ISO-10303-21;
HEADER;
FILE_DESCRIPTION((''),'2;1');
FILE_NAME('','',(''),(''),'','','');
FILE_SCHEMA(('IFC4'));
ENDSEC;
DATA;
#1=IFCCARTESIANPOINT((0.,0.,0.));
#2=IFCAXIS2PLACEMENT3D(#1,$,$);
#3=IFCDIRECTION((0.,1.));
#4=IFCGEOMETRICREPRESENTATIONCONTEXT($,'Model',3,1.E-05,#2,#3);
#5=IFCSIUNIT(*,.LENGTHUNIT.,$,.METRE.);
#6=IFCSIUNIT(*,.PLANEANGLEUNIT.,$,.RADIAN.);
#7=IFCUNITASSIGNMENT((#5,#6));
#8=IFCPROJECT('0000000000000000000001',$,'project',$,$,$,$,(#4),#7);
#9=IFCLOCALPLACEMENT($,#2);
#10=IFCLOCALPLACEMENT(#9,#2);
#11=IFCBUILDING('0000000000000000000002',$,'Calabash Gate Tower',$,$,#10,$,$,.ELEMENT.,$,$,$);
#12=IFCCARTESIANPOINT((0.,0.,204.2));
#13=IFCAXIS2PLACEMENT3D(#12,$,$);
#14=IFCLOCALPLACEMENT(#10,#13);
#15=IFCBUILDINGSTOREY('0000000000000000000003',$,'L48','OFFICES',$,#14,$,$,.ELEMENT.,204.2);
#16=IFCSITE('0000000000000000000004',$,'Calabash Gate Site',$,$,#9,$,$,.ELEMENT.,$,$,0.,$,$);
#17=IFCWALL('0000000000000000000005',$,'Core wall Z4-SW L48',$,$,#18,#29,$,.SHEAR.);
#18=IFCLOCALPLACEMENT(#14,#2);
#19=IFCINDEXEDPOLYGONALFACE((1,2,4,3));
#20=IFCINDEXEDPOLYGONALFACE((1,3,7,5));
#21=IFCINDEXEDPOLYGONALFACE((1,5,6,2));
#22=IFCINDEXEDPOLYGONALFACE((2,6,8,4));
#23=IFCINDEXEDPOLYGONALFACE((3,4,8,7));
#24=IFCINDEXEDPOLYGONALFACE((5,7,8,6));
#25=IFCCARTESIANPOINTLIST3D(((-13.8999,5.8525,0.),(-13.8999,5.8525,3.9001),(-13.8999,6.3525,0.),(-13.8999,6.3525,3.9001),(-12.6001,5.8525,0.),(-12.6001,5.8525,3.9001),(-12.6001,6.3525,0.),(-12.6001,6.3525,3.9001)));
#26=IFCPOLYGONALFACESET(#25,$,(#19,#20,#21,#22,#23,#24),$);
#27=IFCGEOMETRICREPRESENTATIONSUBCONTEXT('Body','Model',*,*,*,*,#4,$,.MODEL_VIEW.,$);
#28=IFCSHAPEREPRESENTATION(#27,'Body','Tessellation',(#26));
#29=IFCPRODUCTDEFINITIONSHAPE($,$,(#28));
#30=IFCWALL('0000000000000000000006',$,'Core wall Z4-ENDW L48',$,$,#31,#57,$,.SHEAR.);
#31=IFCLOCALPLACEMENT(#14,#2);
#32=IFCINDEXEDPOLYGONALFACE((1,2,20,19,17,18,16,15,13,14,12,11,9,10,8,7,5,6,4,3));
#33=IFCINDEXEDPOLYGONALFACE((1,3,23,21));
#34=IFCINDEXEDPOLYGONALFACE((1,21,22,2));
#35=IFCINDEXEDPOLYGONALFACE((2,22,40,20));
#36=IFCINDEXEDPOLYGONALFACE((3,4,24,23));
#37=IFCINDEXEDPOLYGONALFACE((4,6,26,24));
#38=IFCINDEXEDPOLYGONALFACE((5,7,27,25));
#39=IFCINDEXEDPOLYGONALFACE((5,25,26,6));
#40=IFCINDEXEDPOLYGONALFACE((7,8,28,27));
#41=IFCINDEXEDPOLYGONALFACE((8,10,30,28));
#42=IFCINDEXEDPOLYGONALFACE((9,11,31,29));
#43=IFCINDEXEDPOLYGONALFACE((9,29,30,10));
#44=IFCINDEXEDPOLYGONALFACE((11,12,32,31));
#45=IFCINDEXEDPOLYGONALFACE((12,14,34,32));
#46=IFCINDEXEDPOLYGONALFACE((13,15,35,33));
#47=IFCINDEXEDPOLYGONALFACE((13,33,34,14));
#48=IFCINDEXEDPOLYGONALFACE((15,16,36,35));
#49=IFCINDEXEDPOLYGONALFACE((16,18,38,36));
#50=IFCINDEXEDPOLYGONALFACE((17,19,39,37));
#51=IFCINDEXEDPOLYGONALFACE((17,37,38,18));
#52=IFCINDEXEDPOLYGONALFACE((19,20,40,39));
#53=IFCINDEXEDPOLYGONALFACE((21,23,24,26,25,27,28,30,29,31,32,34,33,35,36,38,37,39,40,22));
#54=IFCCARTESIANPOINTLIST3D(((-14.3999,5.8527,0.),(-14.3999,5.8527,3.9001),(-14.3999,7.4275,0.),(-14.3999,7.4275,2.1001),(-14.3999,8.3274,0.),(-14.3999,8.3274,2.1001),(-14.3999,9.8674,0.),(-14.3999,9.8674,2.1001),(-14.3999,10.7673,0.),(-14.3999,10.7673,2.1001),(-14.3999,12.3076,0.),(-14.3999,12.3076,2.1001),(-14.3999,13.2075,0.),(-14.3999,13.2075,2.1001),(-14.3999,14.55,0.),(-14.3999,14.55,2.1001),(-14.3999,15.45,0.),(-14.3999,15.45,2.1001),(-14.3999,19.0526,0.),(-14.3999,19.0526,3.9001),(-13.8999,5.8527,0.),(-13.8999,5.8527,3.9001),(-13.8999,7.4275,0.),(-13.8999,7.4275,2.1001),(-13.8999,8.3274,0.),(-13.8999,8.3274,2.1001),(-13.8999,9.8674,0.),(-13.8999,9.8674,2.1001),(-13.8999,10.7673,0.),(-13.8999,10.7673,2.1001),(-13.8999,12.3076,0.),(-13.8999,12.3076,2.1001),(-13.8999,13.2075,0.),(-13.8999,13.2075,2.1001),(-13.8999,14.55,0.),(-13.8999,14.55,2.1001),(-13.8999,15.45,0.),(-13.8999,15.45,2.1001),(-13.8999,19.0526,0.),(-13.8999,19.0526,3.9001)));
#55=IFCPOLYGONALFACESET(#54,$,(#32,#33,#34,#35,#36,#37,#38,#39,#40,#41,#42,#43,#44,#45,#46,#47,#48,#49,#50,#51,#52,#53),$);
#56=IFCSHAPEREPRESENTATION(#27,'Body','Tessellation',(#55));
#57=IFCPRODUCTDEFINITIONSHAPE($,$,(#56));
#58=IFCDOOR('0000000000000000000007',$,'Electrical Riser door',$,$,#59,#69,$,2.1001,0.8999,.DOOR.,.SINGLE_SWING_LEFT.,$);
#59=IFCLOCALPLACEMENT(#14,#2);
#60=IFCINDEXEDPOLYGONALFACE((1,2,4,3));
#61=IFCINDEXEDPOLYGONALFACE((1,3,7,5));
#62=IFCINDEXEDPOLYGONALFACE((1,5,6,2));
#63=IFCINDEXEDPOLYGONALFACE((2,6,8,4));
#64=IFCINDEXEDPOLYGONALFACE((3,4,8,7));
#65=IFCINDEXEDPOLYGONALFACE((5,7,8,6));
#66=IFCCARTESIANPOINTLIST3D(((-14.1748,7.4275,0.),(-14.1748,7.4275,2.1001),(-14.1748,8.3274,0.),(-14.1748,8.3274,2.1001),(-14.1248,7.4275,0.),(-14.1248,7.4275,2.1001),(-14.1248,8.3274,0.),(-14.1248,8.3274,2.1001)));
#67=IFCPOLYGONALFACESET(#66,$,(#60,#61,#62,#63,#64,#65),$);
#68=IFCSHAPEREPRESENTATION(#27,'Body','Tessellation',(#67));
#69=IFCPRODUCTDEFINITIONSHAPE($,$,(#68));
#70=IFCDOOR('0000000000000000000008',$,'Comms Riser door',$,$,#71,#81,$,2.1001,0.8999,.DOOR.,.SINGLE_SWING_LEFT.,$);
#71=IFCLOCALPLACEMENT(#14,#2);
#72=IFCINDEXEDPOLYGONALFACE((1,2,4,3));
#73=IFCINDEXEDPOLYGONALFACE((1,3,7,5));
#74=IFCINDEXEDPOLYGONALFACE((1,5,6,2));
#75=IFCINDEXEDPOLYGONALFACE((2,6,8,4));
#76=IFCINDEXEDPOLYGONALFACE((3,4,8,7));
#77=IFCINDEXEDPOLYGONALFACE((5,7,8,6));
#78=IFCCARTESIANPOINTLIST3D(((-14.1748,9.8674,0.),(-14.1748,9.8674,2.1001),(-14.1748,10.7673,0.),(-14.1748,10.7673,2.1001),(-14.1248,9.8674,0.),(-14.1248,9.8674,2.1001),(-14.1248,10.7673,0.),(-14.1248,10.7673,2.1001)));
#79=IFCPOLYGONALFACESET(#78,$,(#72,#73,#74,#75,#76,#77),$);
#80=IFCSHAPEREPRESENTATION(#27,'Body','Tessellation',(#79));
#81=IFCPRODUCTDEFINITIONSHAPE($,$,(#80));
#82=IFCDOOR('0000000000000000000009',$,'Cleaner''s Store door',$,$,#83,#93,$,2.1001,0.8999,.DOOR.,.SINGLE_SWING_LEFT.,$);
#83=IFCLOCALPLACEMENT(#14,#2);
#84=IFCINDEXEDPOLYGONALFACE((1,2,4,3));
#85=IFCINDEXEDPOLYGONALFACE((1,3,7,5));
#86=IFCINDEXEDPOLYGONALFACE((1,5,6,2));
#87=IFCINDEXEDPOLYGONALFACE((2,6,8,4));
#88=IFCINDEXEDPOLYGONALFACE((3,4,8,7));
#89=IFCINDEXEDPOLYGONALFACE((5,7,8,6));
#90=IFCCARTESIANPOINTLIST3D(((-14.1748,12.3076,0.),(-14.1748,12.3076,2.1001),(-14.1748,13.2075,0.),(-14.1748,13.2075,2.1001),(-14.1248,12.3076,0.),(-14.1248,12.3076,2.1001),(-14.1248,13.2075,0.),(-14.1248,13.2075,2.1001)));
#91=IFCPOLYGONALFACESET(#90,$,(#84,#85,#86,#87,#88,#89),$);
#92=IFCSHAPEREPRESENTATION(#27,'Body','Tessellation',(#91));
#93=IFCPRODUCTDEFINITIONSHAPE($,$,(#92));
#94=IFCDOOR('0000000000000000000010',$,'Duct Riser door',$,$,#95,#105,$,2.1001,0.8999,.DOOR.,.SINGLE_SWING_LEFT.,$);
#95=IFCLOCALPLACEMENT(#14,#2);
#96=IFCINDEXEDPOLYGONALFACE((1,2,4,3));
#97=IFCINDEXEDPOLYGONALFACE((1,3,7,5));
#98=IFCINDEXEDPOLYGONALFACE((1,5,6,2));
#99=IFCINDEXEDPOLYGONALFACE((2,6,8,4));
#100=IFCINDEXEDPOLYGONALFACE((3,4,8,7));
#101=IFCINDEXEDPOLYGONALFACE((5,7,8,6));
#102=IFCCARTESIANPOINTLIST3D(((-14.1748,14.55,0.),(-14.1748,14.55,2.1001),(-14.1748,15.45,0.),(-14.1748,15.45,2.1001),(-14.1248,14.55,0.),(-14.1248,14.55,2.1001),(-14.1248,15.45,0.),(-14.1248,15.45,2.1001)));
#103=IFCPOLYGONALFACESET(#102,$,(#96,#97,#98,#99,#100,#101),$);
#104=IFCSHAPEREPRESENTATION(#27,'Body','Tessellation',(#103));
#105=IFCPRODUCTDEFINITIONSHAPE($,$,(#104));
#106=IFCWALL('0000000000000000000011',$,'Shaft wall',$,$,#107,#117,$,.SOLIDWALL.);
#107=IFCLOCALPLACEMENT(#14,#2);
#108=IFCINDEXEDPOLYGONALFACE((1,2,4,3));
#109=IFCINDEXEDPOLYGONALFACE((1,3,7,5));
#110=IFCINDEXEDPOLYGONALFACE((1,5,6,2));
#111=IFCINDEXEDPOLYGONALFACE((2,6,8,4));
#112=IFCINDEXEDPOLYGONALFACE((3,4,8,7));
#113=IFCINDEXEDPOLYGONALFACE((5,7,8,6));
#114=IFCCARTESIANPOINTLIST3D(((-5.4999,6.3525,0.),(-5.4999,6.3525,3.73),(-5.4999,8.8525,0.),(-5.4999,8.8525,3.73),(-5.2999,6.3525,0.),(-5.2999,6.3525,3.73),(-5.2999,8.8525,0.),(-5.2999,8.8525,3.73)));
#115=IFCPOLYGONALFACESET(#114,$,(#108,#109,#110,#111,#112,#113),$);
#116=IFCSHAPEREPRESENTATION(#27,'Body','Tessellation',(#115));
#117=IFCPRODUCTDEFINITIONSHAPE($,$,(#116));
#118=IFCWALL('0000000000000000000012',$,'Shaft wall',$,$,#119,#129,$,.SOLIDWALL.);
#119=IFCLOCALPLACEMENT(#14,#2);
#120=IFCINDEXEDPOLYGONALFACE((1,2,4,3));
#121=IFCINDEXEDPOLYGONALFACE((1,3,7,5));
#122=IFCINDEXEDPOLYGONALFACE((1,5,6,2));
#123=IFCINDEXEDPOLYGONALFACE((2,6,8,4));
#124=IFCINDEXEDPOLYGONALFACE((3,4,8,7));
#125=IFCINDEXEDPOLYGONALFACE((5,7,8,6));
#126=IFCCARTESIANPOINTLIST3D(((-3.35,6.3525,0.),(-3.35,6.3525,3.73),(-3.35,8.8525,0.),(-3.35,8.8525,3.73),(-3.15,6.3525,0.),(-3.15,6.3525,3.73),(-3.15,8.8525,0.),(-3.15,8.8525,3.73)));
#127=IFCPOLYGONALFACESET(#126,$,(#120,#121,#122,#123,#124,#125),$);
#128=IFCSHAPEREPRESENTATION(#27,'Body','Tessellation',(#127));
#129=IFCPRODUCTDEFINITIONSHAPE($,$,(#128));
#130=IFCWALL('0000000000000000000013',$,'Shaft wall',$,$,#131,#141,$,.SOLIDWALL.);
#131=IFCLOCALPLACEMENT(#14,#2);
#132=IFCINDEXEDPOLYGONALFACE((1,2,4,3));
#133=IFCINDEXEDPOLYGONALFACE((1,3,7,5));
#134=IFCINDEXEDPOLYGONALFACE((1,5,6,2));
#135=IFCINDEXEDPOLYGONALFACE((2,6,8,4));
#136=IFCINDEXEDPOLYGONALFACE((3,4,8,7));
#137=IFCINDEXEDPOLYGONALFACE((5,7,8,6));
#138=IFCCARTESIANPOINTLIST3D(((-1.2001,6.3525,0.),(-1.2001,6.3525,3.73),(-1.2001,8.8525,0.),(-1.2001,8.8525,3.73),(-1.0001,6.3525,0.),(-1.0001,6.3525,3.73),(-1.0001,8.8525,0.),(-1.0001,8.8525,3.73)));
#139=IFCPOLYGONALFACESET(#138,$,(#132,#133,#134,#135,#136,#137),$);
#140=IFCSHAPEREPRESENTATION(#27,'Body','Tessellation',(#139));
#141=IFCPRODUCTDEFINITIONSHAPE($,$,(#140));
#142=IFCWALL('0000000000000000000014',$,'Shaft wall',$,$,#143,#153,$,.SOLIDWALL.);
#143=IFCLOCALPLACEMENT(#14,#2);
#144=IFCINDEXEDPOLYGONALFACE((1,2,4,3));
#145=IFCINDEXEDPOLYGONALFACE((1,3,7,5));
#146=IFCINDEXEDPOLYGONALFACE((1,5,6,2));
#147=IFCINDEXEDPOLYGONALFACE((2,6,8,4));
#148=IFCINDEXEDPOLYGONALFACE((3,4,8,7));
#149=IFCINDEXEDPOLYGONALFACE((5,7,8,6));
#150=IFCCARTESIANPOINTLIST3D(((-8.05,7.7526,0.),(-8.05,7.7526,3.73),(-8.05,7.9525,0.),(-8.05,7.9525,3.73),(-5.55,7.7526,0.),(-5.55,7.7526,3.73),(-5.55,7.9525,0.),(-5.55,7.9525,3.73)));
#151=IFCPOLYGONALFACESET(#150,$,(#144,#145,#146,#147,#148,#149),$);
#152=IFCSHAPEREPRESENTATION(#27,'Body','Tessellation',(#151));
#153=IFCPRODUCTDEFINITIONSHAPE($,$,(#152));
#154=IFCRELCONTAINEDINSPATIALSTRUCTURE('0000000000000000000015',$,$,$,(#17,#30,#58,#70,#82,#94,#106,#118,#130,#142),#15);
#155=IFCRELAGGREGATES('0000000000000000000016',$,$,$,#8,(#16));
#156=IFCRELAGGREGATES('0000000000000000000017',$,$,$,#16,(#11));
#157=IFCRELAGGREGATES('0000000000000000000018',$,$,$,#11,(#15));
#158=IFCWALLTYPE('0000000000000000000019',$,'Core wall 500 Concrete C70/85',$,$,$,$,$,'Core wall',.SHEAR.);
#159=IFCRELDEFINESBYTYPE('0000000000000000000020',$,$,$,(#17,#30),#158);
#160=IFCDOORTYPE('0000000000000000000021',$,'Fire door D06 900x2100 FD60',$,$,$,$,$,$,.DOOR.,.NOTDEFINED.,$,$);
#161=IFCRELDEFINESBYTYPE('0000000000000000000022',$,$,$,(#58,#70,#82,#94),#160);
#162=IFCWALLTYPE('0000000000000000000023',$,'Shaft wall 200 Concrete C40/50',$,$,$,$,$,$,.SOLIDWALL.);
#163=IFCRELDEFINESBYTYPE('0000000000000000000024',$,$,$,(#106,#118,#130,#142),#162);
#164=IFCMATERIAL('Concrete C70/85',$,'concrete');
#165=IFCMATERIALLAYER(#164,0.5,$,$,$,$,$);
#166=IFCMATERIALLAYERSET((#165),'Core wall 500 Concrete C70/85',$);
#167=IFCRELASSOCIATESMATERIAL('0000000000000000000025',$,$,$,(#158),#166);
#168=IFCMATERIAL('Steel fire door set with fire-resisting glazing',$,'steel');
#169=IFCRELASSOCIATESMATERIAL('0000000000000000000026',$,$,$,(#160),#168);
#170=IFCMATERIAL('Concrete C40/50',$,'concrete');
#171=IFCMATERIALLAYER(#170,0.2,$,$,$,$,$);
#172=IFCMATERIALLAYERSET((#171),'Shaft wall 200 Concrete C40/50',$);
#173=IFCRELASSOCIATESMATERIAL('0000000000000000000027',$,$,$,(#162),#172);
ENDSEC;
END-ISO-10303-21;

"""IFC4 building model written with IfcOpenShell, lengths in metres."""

from ifc_helpers import new_model, si_unit, direction, frame, frame_2d, origin, place, context, subcontext, project, spatial, rectangle, extrude, material, layer, layer_set, type_object, element, fill, save


model = new_model("IFC4")

# Units and contexts
model_context = context("Model", 3, precision=1e-05, world=origin(), true_north=direction((0.0, 1.0)))
body_context = subcontext(model_context, "Body", "Model", "MODEL_VIEW")
ifc_project = project(units=[si_unit("LENGTHUNIT", "METRE"), si_unit("PLANEANGLEUNIT", "RADIAN")], contexts=[model_context])

# Site, building, storey
site_placement = place(None, origin())
site = spatial("IfcSite", under=ifc_project, at=site_placement, Name="Calabash Gate Site", CompositionType="ELEMENT", RefElevation=0.0)
building_placement = place(site_placement, origin())
building = spatial("IfcBuilding", under=site, at=building_placement, Name="Calabash Gate Tower", CompositionType="ELEMENT")
storey_placement = place(building_placement, frame((0.0, 0.0, 204.2)))
storey = spatial("IfcBuildingStorey", under=building, at=storey_placement, Name="L48", Description="OFFICES", CompositionType="ELEMENT", Elevation=204.2)

# Shared definitions
ifc_material_1 = material(Name="Concrete C70/85", Category="concrete")
ifc_layer_1 = layer(ifc_material_1, 0.5)
ifc_layer_set_1 = layer_set([ifc_layer_1], Name="Core wall 500 Concrete C70/85")
wall_type_1 = type_object("IfcWallType", Name="Core wall 500 Concrete C70/85", ElementType="Core wall", PredefinedType="SHEAR", material=ifc_layer_set_1)

# Wall
wall_1_placement = place(storey_placement, frame((-12.6001, 6.1025, 0.0), z_axis=(0.0, 0.0, 1.0), x_axis=(-1.0, 0.0, 0.0)))
element("IfcWall", 1, at=wall_1_placement, inside=storey, type_object=wall_type_1, Name="Core wall Z4-SW L48", PredefinedType="SHEAR", context=body_context, shape_type="SweptSolid", body=[
    extrude(rectangle(XDim=1.2998, YDim=0.5, at=frame_2d((0.6499, 0.0))), origin(), (0.0, 0.0, 1.0), 3.9001),
])

# Wall, openings, doors
wall_2_placement = place(storey_placement, frame((-14.1499, 5.8525, 0.0), z_axis=(0.0, 0.0, 1.0), x_axis=(0.0, 1.0, 0.0)))
wall_2 = element("IfcWall", 2, at=wall_2_placement, inside=storey, type_object=wall_type_1, Name="Core wall Z4-ENDW L48", PredefinedType="SHEAR", context=body_context, shape_type="SweptSolid", body=[
    extrude(rectangle(XDim=13.2, YDim=0.5, at=frame_2d((6.6001, 0.0))), origin(), (0.0, 0.0, 1.0), 3.9001),
])
opening_1_placement = place(wall_2_placement, frame((1.575, 0.0, 0.0)))
opening_1 = element("IfcOpeningElement", 3, at=opening_1_placement, cuts=wall_2, PredefinedType="OPENING", context=body_context, shape_type="SweptSolid", body=[
    extrude(rectangle(XDim=0.8999, YDim=2.1001, at=frame_2d((0.45, 1.05))), frame((0.0, 0.26, 0.0), z_axis=(0.0, -1.0, 0.0), x_axis=(1.0, 0.0, 0.0)), (0.0, 0.0, 1.0), 0.52),
])
opening_2_placement = place(wall_2_placement, frame((4.0149, 0.0, 0.0)))
opening_2 = element("IfcOpeningElement", 4, at=opening_2_placement, cuts=wall_2, PredefinedType="OPENING", context=body_context, shape_type="SweptSolid", body=[
    extrude(rectangle(XDim=0.8999, YDim=2.1001, at=frame_2d((0.45, 1.05))), frame((0.0, 0.26, 0.0), z_axis=(0.0, -1.0, 0.0), x_axis=(1.0, 0.0, 0.0)), (0.0, 0.0, 1.0), 0.52),
])
opening_3_placement = place(wall_2_placement, frame((6.4551, 0.0, 0.0)))
opening_3 = element("IfcOpeningElement", 5, at=opening_3_placement, cuts=wall_2, PredefinedType="OPENING", context=body_context, shape_type="SweptSolid", body=[
    extrude(rectangle(XDim=0.8999, YDim=2.1001, at=frame_2d((0.45, 1.05))), frame((0.0, 0.26, 0.0), z_axis=(0.0, -1.0, 0.0), x_axis=(1.0, 0.0, 0.0)), (0.0, 0.0, 1.0), 0.52),
])
opening_4_placement = place(wall_2_placement, frame((8.6975, 0.0, 0.0)))
opening_4 = element("IfcOpeningElement", 6, at=opening_4_placement, cuts=wall_2, PredefinedType="OPENING", context=body_context, shape_type="SweptSolid", body=[
    extrude(rectangle(XDim=0.8999, YDim=2.1001, at=frame_2d((0.45, 1.05))), frame((0.0, 0.26, 0.0), z_axis=(0.0, -1.0, 0.0), x_axis=(1.0, 0.0, 0.0)), (0.0, 0.0, 1.0), 0.52),
])
ifc_material_2 = material(Name="Steel fire door set with fire-resisting glazing", Category="steel")
door_type_1 = type_object("IfcDoorType", Name="Fire door D06 900x2100 FD60", OperationType="NOTDEFINED", PredefinedType="DOOR", material=ifc_material_2)
door_1_placement = place(opening_1_placement, origin())
door_1 = element("IfcDoor", 7, at=door_1_placement, inside=storey, type_object=door_type_1, Name="Electrical Riser door", OperationType="SINGLE_SWING_LEFT", OverallHeight=2.1001, OverallWidth=0.8999, PredefinedType="DOOR", context=body_context, shape_type="SweptSolid", body=[
    extrude(rectangle(XDim=0.8999, YDim=2.1001, at=frame_2d((0.45, 1.05))), frame((0.0, 0.0249, 0.0), z_axis=(0.0, -1.0, 0.0), x_axis=(1.0, 0.0, 0.0)), (0.0, 0.0, 1.0), 0.05),
])
fill(opening_1, door_1)
door_2_placement = place(opening_2_placement, origin())
door_2 = element("IfcDoor", 8, at=door_2_placement, inside=storey, type_object=door_type_1, Name="Comms Riser door", OperationType="SINGLE_SWING_LEFT", OverallHeight=2.1001, OverallWidth=0.8999, PredefinedType="DOOR", context=body_context, shape_type="SweptSolid", body=[
    extrude(rectangle(XDim=0.8999, YDim=2.1001, at=frame_2d((0.45, 1.05))), frame((0.0, 0.0249, 0.0), z_axis=(0.0, -1.0, 0.0), x_axis=(1.0, 0.0, 0.0)), (0.0, 0.0, 1.0), 0.05),
])
fill(opening_2, door_2)
door_3_placement = place(opening_3_placement, origin())
door_3 = element("IfcDoor", 9, at=door_3_placement, inside=storey, type_object=door_type_1, Name="Cleaner's Store door", OperationType="SINGLE_SWING_LEFT", OverallHeight=2.1001, OverallWidth=0.8999, PredefinedType="DOOR", context=body_context, shape_type="SweptSolid", body=[
    extrude(rectangle(XDim=0.8999, YDim=2.1001, at=frame_2d((0.45, 1.05))), frame((0.0, 0.0249, 0.0), z_axis=(0.0, -1.0, 0.0), x_axis=(1.0, 0.0, 0.0)), (0.0, 0.0, 1.0), 0.05),
])
fill(opening_3, door_3)
door_4_placement = place(opening_4_placement, origin())
door_4 = element("IfcDoor", 10, at=door_4_placement, inside=storey, type_object=door_type_1, Name="Duct Riser door", OperationType="SINGLE_SWING_LEFT", OverallHeight=2.1001, OverallWidth=0.8999, PredefinedType="DOOR", context=body_context, shape_type="SweptSolid", body=[
    extrude(rectangle(XDim=0.8999, YDim=2.1001, at=frame_2d((0.45, 1.05))), frame((0.0, 0.0249, 0.0), z_axis=(0.0, -1.0, 0.0), x_axis=(1.0, 0.0, 0.0)), (0.0, 0.0, 1.0), 0.05),
])
fill(opening_4, door_4)

# Walls
ifc_material_3 = material(Name="Concrete C40/50", Category="concrete")
ifc_layer_2 = layer(ifc_material_3, 0.2)
ifc_layer_set_2 = layer_set([ifc_layer_2], Name="Shaft wall 200 Concrete C40/50")
wall_type_2 = type_object("IfcWallType", Name="Shaft wall 200 Concrete C40/50", PredefinedType="SOLIDWALL", material=ifc_layer_set_2)
for number, where, z_axis, x_axis, name in (
    (11, (-5.3999, 6.3525, 0.0), (0.0, 0.0, 1.0), (0.0, 1.0, 0.0), "Shaft wall"),
    (12, (-3.25, 6.3525, 0.0), (0.0, 0.0, 1.0), (0.0, 1.0, 0.0), "Shaft wall"),
    (13, (-1.1001, 6.3525, 0.0), (0.0, 0.0, 1.0), (0.0, 1.0, 0.0), "Shaft wall"),
    (14, (-8.05, 7.8525, 0.0), (0.0, 0.0, 1.0), (1.0, 0.0, 0.0), "Shaft wall"),
):
    element("IfcWall", number, at=place(storey_placement, frame(where, z_axis=z_axis, x_axis=x_axis)), inside=storey, type_object=wall_type_2, Name=name, PredefinedType="SOLIDWALL", context=body_context, shape_type="SweptSolid", body=[
        extrude(rectangle(XDim=2.5, YDim=0.2, at=frame_2d((1.25, 0.0))), origin(), (0.0, 0.0, 1.0), 3.73),
    ])

save(model, "model.ifc")
